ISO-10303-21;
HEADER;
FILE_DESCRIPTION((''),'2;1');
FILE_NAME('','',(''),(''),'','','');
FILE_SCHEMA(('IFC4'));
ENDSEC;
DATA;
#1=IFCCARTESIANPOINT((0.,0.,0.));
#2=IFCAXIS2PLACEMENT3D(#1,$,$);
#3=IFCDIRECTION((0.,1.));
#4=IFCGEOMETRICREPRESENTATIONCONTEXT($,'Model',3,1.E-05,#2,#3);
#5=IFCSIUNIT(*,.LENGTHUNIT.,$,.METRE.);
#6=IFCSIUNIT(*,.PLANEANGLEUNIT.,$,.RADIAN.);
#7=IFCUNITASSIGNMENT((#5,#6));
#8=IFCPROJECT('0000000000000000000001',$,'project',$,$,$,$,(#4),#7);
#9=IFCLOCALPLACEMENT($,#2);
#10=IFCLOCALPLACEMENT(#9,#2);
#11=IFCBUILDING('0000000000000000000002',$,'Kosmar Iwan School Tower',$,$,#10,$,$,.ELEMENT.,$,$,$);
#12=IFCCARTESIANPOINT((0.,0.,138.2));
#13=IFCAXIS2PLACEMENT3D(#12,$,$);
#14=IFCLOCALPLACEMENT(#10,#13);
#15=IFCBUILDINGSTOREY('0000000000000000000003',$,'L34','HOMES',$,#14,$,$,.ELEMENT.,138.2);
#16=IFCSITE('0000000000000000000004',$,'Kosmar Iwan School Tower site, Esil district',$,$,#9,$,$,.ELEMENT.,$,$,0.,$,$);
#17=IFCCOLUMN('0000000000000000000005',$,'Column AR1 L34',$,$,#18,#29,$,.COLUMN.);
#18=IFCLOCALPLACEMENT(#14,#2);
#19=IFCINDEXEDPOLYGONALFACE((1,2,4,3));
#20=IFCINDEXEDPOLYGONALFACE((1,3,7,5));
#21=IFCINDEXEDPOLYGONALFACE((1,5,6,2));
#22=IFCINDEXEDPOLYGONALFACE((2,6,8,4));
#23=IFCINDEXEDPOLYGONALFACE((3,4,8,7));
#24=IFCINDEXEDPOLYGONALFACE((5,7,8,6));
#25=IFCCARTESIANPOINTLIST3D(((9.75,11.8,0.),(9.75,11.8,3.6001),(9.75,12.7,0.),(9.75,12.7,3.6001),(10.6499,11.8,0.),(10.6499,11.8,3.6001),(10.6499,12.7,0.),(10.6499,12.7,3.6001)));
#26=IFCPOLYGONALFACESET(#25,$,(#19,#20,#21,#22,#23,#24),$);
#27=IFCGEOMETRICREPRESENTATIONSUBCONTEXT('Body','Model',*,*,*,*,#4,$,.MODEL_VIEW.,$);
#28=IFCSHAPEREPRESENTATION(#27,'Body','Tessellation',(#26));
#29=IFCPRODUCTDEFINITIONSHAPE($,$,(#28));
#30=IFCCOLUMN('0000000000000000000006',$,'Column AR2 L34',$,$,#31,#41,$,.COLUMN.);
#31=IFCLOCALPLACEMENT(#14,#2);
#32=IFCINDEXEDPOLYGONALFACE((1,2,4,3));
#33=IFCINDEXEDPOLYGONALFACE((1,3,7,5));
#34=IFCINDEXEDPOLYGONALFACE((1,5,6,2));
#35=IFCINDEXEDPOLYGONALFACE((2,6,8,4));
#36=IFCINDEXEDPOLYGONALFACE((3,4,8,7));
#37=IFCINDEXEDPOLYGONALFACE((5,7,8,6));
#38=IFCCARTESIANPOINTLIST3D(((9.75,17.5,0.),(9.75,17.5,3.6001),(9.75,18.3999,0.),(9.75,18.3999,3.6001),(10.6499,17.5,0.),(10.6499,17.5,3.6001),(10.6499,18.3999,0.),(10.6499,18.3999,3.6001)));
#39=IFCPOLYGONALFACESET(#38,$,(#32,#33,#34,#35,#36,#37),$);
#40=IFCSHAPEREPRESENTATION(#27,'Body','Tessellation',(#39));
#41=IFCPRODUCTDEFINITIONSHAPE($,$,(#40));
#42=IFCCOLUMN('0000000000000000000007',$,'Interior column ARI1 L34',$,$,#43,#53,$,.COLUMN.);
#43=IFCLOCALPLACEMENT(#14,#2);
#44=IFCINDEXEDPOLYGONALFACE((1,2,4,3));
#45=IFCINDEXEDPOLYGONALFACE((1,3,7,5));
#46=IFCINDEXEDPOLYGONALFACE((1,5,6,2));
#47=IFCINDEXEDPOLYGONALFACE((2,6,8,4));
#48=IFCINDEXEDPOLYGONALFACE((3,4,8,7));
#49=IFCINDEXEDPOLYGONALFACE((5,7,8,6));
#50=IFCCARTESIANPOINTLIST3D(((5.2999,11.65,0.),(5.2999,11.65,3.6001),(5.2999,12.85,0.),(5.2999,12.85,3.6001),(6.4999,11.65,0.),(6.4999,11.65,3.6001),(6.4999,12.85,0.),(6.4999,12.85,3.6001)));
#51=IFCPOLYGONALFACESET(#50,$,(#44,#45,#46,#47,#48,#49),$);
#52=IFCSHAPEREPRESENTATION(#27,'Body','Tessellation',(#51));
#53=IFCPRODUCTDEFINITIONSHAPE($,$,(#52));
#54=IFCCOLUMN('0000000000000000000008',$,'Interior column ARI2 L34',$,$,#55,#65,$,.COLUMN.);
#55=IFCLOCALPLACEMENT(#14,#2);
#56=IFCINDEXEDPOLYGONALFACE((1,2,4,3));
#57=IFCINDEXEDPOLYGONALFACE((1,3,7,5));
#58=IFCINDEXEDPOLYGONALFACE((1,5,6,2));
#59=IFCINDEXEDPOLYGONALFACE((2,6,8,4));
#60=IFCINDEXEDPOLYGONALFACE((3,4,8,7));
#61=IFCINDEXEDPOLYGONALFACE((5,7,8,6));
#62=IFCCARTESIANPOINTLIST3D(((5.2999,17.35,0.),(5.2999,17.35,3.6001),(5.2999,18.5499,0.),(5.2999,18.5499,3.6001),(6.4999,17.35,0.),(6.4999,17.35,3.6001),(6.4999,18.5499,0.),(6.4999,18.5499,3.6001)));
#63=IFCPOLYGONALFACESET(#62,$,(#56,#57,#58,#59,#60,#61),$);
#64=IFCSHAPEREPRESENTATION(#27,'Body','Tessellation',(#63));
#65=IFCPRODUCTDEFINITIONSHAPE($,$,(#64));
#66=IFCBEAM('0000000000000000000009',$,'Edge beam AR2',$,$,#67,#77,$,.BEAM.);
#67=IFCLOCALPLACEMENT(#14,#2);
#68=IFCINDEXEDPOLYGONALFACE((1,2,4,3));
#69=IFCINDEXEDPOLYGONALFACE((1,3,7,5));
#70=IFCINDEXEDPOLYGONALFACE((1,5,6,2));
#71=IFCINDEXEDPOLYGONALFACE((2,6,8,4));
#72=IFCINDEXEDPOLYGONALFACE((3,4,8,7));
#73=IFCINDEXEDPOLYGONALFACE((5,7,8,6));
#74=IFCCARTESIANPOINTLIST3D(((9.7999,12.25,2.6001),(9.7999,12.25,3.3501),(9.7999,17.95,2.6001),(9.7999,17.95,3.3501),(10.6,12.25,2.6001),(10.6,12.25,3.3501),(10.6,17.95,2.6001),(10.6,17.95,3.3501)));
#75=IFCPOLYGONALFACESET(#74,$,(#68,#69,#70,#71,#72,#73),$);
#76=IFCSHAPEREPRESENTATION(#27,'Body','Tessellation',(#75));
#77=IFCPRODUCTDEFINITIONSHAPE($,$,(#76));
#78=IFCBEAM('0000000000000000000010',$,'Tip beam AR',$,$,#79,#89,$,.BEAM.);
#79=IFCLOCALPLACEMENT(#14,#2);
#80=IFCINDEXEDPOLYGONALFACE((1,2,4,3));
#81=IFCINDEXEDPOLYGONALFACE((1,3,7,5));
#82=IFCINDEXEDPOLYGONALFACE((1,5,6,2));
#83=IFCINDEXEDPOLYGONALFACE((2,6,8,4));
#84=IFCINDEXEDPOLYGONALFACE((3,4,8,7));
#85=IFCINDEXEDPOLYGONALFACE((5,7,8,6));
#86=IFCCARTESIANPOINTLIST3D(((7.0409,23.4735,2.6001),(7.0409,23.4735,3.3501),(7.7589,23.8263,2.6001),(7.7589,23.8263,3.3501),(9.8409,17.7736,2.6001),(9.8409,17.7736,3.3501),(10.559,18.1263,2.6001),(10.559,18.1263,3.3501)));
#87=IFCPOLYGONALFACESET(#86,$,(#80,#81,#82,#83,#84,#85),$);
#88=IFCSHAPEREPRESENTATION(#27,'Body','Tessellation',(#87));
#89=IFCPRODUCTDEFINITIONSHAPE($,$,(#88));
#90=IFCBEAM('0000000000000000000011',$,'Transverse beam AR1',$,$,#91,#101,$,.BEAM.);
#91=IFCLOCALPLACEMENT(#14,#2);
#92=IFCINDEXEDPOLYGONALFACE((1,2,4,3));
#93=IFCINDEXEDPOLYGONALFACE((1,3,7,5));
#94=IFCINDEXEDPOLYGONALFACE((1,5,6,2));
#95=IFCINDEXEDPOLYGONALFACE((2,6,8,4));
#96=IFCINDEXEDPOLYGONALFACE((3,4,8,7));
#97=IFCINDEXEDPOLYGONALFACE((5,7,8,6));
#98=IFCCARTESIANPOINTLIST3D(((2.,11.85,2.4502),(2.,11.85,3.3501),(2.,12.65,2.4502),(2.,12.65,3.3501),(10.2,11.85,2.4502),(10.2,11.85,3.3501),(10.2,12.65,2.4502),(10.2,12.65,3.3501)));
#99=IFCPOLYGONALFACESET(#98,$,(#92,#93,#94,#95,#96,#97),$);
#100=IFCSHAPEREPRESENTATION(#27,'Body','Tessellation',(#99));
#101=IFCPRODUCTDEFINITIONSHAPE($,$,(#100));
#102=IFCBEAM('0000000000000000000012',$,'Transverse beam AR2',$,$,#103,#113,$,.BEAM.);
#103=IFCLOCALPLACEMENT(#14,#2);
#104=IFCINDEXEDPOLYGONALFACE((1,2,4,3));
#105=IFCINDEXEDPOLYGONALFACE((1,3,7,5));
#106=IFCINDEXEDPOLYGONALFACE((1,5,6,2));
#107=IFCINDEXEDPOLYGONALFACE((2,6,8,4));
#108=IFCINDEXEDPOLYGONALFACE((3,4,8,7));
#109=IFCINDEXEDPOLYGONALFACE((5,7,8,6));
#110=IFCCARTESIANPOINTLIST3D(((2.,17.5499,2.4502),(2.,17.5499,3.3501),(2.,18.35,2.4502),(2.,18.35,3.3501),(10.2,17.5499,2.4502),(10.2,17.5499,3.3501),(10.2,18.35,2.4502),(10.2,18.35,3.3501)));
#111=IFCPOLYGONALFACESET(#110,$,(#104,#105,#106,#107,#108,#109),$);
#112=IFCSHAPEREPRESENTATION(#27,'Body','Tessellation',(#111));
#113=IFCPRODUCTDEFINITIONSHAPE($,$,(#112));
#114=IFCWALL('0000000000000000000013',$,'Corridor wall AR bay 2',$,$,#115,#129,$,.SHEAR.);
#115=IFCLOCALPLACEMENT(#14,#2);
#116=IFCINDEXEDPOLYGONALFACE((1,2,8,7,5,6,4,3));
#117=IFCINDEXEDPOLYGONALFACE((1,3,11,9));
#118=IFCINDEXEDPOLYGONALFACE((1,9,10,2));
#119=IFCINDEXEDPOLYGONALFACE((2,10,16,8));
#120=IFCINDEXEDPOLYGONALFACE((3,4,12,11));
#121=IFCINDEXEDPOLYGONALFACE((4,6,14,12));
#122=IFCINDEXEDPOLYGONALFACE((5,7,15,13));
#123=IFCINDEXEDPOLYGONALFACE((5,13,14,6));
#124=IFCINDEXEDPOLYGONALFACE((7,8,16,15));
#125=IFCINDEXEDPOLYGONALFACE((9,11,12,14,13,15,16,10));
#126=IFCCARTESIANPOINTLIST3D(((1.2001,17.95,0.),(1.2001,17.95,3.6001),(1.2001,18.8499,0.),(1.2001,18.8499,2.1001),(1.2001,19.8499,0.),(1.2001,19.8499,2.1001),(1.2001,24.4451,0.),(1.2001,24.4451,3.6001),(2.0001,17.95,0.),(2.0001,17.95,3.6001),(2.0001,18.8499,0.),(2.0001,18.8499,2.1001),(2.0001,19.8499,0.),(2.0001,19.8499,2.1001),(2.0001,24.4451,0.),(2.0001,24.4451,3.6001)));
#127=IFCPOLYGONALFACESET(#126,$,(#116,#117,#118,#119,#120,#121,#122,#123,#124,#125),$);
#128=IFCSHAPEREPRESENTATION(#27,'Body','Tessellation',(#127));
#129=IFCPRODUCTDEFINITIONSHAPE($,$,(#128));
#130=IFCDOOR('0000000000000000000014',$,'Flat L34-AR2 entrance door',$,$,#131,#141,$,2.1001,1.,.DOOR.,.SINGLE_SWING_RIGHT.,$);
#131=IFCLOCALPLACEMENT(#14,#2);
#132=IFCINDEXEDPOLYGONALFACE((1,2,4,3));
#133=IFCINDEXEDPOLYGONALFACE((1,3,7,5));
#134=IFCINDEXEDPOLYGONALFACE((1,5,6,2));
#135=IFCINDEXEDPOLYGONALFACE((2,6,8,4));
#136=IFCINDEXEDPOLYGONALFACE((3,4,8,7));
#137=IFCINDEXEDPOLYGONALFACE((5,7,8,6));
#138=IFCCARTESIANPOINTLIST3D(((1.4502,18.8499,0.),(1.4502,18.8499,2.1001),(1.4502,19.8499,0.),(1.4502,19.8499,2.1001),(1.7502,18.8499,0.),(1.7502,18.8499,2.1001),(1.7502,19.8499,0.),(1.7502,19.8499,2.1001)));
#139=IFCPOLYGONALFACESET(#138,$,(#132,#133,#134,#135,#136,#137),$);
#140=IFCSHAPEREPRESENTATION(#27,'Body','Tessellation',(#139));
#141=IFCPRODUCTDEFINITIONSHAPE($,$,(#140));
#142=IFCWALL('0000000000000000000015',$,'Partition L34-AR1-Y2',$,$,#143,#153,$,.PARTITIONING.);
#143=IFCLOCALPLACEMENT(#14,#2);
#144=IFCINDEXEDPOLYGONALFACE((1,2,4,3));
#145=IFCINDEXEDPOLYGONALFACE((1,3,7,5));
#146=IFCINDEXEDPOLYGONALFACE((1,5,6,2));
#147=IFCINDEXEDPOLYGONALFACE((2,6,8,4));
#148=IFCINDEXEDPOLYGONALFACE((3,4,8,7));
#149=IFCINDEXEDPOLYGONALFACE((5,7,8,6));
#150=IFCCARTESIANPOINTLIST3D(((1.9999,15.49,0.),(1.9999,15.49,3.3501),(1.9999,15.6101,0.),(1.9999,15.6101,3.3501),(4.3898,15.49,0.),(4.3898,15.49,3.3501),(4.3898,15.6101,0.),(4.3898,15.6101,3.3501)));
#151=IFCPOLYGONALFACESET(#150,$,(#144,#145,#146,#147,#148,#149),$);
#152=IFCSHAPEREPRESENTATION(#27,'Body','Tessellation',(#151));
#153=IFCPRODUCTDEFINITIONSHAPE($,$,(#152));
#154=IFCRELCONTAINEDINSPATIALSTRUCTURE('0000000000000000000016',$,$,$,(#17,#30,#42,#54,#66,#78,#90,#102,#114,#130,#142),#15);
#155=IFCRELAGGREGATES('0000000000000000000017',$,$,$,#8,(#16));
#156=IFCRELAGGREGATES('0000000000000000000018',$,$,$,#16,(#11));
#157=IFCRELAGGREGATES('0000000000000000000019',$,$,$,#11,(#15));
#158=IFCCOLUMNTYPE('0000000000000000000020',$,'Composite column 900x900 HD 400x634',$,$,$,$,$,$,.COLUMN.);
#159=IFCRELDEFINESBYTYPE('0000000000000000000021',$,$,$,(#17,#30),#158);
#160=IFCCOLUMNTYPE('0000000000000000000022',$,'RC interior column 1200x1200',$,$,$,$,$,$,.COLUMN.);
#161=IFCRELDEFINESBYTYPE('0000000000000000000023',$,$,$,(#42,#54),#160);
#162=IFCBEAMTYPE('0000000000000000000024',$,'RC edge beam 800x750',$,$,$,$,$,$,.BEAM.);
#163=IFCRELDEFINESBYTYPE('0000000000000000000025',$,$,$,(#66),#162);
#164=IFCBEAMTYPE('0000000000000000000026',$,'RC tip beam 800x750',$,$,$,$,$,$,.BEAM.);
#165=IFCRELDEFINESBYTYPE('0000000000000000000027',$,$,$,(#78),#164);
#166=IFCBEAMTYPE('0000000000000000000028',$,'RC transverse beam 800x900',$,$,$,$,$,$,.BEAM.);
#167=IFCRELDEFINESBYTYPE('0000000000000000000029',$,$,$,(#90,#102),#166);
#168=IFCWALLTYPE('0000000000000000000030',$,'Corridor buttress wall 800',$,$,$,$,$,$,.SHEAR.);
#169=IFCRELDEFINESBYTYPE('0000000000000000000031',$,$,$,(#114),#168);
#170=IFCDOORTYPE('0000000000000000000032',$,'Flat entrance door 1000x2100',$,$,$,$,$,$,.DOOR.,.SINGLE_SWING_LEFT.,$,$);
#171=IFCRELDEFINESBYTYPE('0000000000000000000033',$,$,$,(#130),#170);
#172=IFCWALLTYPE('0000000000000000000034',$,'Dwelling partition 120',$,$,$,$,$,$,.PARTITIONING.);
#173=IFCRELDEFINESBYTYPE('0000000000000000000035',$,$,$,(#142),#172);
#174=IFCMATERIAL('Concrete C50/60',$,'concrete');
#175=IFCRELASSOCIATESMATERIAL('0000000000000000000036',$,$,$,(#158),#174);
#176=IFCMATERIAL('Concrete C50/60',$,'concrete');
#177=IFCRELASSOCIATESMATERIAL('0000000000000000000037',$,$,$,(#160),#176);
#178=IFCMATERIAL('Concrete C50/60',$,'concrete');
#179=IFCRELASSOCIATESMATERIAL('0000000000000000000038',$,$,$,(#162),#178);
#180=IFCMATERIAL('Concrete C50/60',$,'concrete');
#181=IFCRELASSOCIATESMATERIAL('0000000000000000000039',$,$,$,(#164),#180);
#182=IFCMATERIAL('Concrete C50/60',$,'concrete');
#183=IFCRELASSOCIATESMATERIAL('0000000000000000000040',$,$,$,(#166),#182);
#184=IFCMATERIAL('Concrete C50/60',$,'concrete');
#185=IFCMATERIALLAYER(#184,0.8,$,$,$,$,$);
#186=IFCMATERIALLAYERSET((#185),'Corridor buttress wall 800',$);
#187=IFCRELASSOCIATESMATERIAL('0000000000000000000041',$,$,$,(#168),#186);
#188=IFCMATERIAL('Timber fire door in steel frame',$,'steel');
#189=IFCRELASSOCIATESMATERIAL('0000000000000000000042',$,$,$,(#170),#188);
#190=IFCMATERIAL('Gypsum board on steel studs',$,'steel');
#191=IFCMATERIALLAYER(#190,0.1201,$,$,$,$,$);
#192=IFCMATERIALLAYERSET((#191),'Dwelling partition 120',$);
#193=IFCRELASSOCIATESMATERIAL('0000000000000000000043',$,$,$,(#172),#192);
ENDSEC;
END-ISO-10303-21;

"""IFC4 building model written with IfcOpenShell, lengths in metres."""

from ifc_helpers import new_model, si_unit, direction, frame, frame_2d, origin, origin_2d, place, context, subcontext, project, spatial, rectangle, extrude, material, layer, layer_set, material_profile, profile_set, type_object, element, fill, save


model = new_model("IFC4")

# Units and contexts
model_context = context("Model", 3, precision=1e-05, world=origin(), true_north=direction((0.0, 1.0)))
body_context = subcontext(model_context, "Body", "Model", "MODEL_VIEW")
ifc_project = project(units=[si_unit("LENGTHUNIT", "METRE"), si_unit("PLANEANGLEUNIT", "RADIAN")], contexts=[model_context])

# Site, building, storey
site_placement = place(None, origin())
site = spatial("IfcSite", under=ifc_project, at=site_placement, Name="Kosmar Iwan School Tower site, Esil district", CompositionType="ELEMENT", RefElevation=0.0)
building_placement = place(site_placement, origin())
building = spatial("IfcBuilding", under=site, at=building_placement, Name="Kosmar Iwan School Tower", CompositionType="ELEMENT")
storey_placement = place(building_placement, frame((0.0, 0.0, 138.2)))
storey = spatial("IfcBuildingStorey", under=building, at=storey_placement, Name="L34", Description="HOMES", CompositionType="ELEMENT", Elevation=138.2)

# Columns
ifc_material_1 = material(Name="Concrete C50/60", Category="concrete")
ifc_material_profile_1 = material_profile(ifc_material_1, rectangle(XDim=0.8999, YDim=0.8999, at=origin_2d()), Name="RC 900x900 + HD 400x634")
ifc_profile_set_1 = profile_set([ifc_material_profile_1], Name="Concrete C50/60")
column_type_1 = type_object("IfcColumnType", Name="Composite column 900x900 HD 400x634", PredefinedType="COLUMN", material=ifc_profile_set_1)
for number, where, z_axis, x_axis, name in (
    (1, (10.2, 12.25, 0.0), (0.0, 0.0, 1.0), (0.0, 1.0, 0.0), "Column AR1 L34"),
    (2, (10.2, 17.95, 0.0), (0.0, 0.0, 1.0), (0.0, 1.0, 0.0), "Column AR2 L34"),
):
    element("IfcColumn", number, at=place(storey_placement, frame(where, z_axis=z_axis, x_axis=x_axis)), inside=storey, type_object=column_type_1, Name=name, PredefinedType="COLUMN", context=body_context, shape_type="SweptSolid", body=[
        extrude(rectangle(XDim=0.8999, YDim=0.8999, at=origin_2d()), origin(), (0.0, 0.0, 1.0), 3.6001),
    ])
ifc_material_2 = material(Name="Concrete C50/60", Category="concrete")
ifc_material_profile_2 = material_profile(ifc_material_2, rectangle(XDim=1.2, YDim=1.2, at=origin_2d()), Name="RC 1200x1200")
ifc_profile_set_2 = profile_set([ifc_material_profile_2], Name="Concrete C50/60")
column_type_2 = type_object("IfcColumnType", Name="RC interior column 1200x1200", PredefinedType="COLUMN", material=ifc_profile_set_2)
for number, where, z_axis, x_axis, name in (
    (3, (5.8999, 12.25, 0.0), (0.0, 0.0, 1.0), (0.0, 1.0, 0.0), "Interior column ARI1 L34"),
    (4, (5.8999, 17.95, 0.0), (0.0, 0.0, 1.0), (0.0, 1.0, 0.0), "Interior column ARI2 L34"),
):
    element("IfcColumn", number, at=place(storey_placement, frame(where, z_axis=z_axis, x_axis=x_axis)), inside=storey, type_object=column_type_2, Name=name, PredefinedType="COLUMN", context=body_context, shape_type="SweptSolid", body=[
        extrude(rectangle(XDim=1.2, YDim=1.2, at=origin_2d()), origin(), (0.0, 0.0, 1.0), 3.6001),
    ])

# Beams
ifc_material_3 = material(Name="Concrete C50/60", Category="concrete")
ifc_material_profile_3 = material_profile(ifc_material_3, rectangle(XDim=0.8, YDim=0.75, at=origin_2d()), Name="RC 800x750")
ifc_profile_set_3 = profile_set([ifc_material_profile_3], Name="Concrete C50/60")
beam_type_1 = type_object("IfcBeamType", Name="RC edge beam 800x750", PredefinedType="BEAM", material=ifc_profile_set_3)
beam_1_placement = place(storey_placement, frame((10.2, 12.25, 2.9751), z_axis=(0.0, 1.0, 0.0), x_axis=(-1.0, 0.0, 0.0)))
element("IfcBeam", 5, at=beam_1_placement, inside=storey, type_object=beam_type_1, Name="Edge beam AR2", PredefinedType="BEAM", context=body_context, shape_type="SweptSolid", body=[
    extrude(rectangle(XDim=0.8, YDim=0.75, at=origin_2d()), origin(), (0.0, 0.0, 1.0), 5.7),
])
ifc_material_4 = material(Name="Concrete C50/60", Category="concrete")
ifc_material_profile_4 = material_profile(ifc_material_4, rectangle(XDim=0.8, YDim=0.75, at=origin_2d()), Name="RC 800x750")
ifc_profile_set_4 = profile_set([ifc_material_profile_4], Name="Concrete C50/60")
beam_type_2 = type_object("IfcBeamType", Name="RC tip beam 800x750", PredefinedType="BEAM", material=ifc_profile_set_4)
beam_2_placement = place(storey_placement, frame((10.2, 17.95, 2.9751), z_axis=(-0.440913, 0.89755, 0.0), x_axis=(-0.89755, -0.440913, 0.0)))
element("IfcBeam", 6, at=beam_2_placement, inside=storey, type_object=beam_type_2, Name="Tip beam AR", PredefinedType="BEAM", context=body_context, shape_type="SweptSolid", body=[
    extrude(rectangle(XDim=0.8, YDim=0.75, at=origin_2d()), origin(), (0.0, 0.0, 1.0), 6.3506),
])
ifc_material_5 = material(Name="Concrete C50/60", Category="concrete")
ifc_material_profile_5 = material_profile(ifc_material_5, rectangle(XDim=0.8, YDim=0.8999, at=origin_2d()), Name="RC 800x900")
ifc_profile_set_5 = profile_set([ifc_material_profile_5], Name="Concrete C50/60")
beam_type_3 = type_object("IfcBeamType", Name="RC transverse beam 800x900", PredefinedType="BEAM", material=ifc_profile_set_5)
for number, where, z_axis, x_axis, name in (
    (7, (10.2, 12.25, 2.9001), (-1.0, 0.0, 0.0), (0.0, -1.0, 0.0), "Transverse beam AR1"),
    (8, (10.2, 17.95, 2.9001), (-1.0, 0.0, 0.0), (0.0, -1.0, 0.0), "Transverse beam AR2"),
):
    element("IfcBeam", number, at=place(storey_placement, frame(where, z_axis=z_axis, x_axis=x_axis)), inside=storey, type_object=beam_type_3, Name=name, PredefinedType="BEAM", context=body_context, shape_type="SweptSolid", body=[
        extrude(rectangle(XDim=0.8, YDim=0.8999, at=origin_2d()), origin(), (0.0, 0.0, 1.0), 8.2),
    ])

# Wall, opening, door
ifc_material_6 = material(Name="Concrete C50/60", Category="concrete")
ifc_layer_1 = layer(ifc_material_6, 0.8)
ifc_layer_set_1 = layer_set([ifc_layer_1], Name="Corridor buttress wall 800")
wall_type_1 = type_object("IfcWallType", Name="Corridor buttress wall 800", PredefinedType="SHEAR", material=ifc_layer_set_1)
wall_1_placement = place(storey_placement, frame((1.6001, 17.95, 0.0), z_axis=(0.0, 0.0, 1.0), x_axis=(0.0, 1.0, 0.0)))
wall_1 = element("IfcWall", 9, at=wall_1_placement, inside=storey, type_object=wall_type_1, Name="Corridor wall AR bay 2", PredefinedType="SHEAR", context=body_context, shape_type="SweptSolid", body=[
    extrude(rectangle(XDim=6.4951, YDim=0.8, at=frame_2d((3.2476, 0.0))), origin(), (0.0, 0.0, 1.0), 3.6001),
])
opening_1_placement = place(wall_1_placement, frame((0.8999, 0.0, 0.0)))
opening_1 = element("IfcOpeningElement", 10, at=opening_1_placement, cuts=wall_1, PredefinedType="OPENING", context=body_context, shape_type="SweptSolid", body=[
    extrude(rectangle(XDim=1.0, YDim=2.1001, at=frame_2d((0.5, 1.05))), frame((0.0, 0.4121, 0.0), z_axis=(0.0, -1.0, 0.0), x_axis=(1.0, 0.0, 0.0)), (0.0, 0.0, 1.0), 0.824),
])
ifc_material_7 = material(Name="Timber fire door in steel frame", Category="steel")
door_type_1 = type_object("IfcDoorType", Name="Flat entrance door 1000x2100", OperationType="SINGLE_SWING_LEFT", PredefinedType="DOOR", material=ifc_material_7)
door_1_placement = place(opening_1_placement, origin())
door_1 = element("IfcDoor", 11, at=door_1_placement, inside=storey, type_object=door_type_1, Name="Flat L34-AR2 entrance door", OperationType="SINGLE_SWING_RIGHT", OverallHeight=2.1001, OverallWidth=1.0, PredefinedType="DOOR", context=body_context, shape_type="SweptSolid", body=[
    extrude(rectangle(XDim=1.0, YDim=2.1001, at=frame_2d((0.5, 1.05))), frame((0.0, 0.1499, 0.0), z_axis=(0.0, -1.0, 0.0), x_axis=(1.0, 0.0, 0.0)), (0.0, 0.0, 1.0), 0.3),
])
fill(opening_1, door_1)

# Wall
ifc_material_8 = material(Name="Gypsum board on steel studs", Category="steel")
ifc_layer_2 = layer(ifc_material_8, 0.1201)
ifc_layer_set_2 = layer_set([ifc_layer_2], Name="Dwelling partition 120")
wall_type_2 = type_object("IfcWallType", Name="Dwelling partition 120", PredefinedType="PARTITIONING", material=ifc_layer_set_2)
wall_2_placement = place(storey_placement, frame((2.0, 15.55, 0.0), z_axis=(0.0, 0.0, 1.0), x_axis=(1.0, 0.0, 0.0)))
element("IfcWall", 12, at=wall_2_placement, inside=storey, type_object=wall_type_2, Name="Partition L34-AR1-Y2", PredefinedType="PARTITIONING", context=body_context, shape_type="SweptSolid", body=[
    extrude(rectangle(XDim=2.3899, YDim=0.1201, at=frame_2d((1.1948, 0.0))), origin(), (0.0, 0.0, 1.0), 3.3501),
])

save(model, "model.ifc")
